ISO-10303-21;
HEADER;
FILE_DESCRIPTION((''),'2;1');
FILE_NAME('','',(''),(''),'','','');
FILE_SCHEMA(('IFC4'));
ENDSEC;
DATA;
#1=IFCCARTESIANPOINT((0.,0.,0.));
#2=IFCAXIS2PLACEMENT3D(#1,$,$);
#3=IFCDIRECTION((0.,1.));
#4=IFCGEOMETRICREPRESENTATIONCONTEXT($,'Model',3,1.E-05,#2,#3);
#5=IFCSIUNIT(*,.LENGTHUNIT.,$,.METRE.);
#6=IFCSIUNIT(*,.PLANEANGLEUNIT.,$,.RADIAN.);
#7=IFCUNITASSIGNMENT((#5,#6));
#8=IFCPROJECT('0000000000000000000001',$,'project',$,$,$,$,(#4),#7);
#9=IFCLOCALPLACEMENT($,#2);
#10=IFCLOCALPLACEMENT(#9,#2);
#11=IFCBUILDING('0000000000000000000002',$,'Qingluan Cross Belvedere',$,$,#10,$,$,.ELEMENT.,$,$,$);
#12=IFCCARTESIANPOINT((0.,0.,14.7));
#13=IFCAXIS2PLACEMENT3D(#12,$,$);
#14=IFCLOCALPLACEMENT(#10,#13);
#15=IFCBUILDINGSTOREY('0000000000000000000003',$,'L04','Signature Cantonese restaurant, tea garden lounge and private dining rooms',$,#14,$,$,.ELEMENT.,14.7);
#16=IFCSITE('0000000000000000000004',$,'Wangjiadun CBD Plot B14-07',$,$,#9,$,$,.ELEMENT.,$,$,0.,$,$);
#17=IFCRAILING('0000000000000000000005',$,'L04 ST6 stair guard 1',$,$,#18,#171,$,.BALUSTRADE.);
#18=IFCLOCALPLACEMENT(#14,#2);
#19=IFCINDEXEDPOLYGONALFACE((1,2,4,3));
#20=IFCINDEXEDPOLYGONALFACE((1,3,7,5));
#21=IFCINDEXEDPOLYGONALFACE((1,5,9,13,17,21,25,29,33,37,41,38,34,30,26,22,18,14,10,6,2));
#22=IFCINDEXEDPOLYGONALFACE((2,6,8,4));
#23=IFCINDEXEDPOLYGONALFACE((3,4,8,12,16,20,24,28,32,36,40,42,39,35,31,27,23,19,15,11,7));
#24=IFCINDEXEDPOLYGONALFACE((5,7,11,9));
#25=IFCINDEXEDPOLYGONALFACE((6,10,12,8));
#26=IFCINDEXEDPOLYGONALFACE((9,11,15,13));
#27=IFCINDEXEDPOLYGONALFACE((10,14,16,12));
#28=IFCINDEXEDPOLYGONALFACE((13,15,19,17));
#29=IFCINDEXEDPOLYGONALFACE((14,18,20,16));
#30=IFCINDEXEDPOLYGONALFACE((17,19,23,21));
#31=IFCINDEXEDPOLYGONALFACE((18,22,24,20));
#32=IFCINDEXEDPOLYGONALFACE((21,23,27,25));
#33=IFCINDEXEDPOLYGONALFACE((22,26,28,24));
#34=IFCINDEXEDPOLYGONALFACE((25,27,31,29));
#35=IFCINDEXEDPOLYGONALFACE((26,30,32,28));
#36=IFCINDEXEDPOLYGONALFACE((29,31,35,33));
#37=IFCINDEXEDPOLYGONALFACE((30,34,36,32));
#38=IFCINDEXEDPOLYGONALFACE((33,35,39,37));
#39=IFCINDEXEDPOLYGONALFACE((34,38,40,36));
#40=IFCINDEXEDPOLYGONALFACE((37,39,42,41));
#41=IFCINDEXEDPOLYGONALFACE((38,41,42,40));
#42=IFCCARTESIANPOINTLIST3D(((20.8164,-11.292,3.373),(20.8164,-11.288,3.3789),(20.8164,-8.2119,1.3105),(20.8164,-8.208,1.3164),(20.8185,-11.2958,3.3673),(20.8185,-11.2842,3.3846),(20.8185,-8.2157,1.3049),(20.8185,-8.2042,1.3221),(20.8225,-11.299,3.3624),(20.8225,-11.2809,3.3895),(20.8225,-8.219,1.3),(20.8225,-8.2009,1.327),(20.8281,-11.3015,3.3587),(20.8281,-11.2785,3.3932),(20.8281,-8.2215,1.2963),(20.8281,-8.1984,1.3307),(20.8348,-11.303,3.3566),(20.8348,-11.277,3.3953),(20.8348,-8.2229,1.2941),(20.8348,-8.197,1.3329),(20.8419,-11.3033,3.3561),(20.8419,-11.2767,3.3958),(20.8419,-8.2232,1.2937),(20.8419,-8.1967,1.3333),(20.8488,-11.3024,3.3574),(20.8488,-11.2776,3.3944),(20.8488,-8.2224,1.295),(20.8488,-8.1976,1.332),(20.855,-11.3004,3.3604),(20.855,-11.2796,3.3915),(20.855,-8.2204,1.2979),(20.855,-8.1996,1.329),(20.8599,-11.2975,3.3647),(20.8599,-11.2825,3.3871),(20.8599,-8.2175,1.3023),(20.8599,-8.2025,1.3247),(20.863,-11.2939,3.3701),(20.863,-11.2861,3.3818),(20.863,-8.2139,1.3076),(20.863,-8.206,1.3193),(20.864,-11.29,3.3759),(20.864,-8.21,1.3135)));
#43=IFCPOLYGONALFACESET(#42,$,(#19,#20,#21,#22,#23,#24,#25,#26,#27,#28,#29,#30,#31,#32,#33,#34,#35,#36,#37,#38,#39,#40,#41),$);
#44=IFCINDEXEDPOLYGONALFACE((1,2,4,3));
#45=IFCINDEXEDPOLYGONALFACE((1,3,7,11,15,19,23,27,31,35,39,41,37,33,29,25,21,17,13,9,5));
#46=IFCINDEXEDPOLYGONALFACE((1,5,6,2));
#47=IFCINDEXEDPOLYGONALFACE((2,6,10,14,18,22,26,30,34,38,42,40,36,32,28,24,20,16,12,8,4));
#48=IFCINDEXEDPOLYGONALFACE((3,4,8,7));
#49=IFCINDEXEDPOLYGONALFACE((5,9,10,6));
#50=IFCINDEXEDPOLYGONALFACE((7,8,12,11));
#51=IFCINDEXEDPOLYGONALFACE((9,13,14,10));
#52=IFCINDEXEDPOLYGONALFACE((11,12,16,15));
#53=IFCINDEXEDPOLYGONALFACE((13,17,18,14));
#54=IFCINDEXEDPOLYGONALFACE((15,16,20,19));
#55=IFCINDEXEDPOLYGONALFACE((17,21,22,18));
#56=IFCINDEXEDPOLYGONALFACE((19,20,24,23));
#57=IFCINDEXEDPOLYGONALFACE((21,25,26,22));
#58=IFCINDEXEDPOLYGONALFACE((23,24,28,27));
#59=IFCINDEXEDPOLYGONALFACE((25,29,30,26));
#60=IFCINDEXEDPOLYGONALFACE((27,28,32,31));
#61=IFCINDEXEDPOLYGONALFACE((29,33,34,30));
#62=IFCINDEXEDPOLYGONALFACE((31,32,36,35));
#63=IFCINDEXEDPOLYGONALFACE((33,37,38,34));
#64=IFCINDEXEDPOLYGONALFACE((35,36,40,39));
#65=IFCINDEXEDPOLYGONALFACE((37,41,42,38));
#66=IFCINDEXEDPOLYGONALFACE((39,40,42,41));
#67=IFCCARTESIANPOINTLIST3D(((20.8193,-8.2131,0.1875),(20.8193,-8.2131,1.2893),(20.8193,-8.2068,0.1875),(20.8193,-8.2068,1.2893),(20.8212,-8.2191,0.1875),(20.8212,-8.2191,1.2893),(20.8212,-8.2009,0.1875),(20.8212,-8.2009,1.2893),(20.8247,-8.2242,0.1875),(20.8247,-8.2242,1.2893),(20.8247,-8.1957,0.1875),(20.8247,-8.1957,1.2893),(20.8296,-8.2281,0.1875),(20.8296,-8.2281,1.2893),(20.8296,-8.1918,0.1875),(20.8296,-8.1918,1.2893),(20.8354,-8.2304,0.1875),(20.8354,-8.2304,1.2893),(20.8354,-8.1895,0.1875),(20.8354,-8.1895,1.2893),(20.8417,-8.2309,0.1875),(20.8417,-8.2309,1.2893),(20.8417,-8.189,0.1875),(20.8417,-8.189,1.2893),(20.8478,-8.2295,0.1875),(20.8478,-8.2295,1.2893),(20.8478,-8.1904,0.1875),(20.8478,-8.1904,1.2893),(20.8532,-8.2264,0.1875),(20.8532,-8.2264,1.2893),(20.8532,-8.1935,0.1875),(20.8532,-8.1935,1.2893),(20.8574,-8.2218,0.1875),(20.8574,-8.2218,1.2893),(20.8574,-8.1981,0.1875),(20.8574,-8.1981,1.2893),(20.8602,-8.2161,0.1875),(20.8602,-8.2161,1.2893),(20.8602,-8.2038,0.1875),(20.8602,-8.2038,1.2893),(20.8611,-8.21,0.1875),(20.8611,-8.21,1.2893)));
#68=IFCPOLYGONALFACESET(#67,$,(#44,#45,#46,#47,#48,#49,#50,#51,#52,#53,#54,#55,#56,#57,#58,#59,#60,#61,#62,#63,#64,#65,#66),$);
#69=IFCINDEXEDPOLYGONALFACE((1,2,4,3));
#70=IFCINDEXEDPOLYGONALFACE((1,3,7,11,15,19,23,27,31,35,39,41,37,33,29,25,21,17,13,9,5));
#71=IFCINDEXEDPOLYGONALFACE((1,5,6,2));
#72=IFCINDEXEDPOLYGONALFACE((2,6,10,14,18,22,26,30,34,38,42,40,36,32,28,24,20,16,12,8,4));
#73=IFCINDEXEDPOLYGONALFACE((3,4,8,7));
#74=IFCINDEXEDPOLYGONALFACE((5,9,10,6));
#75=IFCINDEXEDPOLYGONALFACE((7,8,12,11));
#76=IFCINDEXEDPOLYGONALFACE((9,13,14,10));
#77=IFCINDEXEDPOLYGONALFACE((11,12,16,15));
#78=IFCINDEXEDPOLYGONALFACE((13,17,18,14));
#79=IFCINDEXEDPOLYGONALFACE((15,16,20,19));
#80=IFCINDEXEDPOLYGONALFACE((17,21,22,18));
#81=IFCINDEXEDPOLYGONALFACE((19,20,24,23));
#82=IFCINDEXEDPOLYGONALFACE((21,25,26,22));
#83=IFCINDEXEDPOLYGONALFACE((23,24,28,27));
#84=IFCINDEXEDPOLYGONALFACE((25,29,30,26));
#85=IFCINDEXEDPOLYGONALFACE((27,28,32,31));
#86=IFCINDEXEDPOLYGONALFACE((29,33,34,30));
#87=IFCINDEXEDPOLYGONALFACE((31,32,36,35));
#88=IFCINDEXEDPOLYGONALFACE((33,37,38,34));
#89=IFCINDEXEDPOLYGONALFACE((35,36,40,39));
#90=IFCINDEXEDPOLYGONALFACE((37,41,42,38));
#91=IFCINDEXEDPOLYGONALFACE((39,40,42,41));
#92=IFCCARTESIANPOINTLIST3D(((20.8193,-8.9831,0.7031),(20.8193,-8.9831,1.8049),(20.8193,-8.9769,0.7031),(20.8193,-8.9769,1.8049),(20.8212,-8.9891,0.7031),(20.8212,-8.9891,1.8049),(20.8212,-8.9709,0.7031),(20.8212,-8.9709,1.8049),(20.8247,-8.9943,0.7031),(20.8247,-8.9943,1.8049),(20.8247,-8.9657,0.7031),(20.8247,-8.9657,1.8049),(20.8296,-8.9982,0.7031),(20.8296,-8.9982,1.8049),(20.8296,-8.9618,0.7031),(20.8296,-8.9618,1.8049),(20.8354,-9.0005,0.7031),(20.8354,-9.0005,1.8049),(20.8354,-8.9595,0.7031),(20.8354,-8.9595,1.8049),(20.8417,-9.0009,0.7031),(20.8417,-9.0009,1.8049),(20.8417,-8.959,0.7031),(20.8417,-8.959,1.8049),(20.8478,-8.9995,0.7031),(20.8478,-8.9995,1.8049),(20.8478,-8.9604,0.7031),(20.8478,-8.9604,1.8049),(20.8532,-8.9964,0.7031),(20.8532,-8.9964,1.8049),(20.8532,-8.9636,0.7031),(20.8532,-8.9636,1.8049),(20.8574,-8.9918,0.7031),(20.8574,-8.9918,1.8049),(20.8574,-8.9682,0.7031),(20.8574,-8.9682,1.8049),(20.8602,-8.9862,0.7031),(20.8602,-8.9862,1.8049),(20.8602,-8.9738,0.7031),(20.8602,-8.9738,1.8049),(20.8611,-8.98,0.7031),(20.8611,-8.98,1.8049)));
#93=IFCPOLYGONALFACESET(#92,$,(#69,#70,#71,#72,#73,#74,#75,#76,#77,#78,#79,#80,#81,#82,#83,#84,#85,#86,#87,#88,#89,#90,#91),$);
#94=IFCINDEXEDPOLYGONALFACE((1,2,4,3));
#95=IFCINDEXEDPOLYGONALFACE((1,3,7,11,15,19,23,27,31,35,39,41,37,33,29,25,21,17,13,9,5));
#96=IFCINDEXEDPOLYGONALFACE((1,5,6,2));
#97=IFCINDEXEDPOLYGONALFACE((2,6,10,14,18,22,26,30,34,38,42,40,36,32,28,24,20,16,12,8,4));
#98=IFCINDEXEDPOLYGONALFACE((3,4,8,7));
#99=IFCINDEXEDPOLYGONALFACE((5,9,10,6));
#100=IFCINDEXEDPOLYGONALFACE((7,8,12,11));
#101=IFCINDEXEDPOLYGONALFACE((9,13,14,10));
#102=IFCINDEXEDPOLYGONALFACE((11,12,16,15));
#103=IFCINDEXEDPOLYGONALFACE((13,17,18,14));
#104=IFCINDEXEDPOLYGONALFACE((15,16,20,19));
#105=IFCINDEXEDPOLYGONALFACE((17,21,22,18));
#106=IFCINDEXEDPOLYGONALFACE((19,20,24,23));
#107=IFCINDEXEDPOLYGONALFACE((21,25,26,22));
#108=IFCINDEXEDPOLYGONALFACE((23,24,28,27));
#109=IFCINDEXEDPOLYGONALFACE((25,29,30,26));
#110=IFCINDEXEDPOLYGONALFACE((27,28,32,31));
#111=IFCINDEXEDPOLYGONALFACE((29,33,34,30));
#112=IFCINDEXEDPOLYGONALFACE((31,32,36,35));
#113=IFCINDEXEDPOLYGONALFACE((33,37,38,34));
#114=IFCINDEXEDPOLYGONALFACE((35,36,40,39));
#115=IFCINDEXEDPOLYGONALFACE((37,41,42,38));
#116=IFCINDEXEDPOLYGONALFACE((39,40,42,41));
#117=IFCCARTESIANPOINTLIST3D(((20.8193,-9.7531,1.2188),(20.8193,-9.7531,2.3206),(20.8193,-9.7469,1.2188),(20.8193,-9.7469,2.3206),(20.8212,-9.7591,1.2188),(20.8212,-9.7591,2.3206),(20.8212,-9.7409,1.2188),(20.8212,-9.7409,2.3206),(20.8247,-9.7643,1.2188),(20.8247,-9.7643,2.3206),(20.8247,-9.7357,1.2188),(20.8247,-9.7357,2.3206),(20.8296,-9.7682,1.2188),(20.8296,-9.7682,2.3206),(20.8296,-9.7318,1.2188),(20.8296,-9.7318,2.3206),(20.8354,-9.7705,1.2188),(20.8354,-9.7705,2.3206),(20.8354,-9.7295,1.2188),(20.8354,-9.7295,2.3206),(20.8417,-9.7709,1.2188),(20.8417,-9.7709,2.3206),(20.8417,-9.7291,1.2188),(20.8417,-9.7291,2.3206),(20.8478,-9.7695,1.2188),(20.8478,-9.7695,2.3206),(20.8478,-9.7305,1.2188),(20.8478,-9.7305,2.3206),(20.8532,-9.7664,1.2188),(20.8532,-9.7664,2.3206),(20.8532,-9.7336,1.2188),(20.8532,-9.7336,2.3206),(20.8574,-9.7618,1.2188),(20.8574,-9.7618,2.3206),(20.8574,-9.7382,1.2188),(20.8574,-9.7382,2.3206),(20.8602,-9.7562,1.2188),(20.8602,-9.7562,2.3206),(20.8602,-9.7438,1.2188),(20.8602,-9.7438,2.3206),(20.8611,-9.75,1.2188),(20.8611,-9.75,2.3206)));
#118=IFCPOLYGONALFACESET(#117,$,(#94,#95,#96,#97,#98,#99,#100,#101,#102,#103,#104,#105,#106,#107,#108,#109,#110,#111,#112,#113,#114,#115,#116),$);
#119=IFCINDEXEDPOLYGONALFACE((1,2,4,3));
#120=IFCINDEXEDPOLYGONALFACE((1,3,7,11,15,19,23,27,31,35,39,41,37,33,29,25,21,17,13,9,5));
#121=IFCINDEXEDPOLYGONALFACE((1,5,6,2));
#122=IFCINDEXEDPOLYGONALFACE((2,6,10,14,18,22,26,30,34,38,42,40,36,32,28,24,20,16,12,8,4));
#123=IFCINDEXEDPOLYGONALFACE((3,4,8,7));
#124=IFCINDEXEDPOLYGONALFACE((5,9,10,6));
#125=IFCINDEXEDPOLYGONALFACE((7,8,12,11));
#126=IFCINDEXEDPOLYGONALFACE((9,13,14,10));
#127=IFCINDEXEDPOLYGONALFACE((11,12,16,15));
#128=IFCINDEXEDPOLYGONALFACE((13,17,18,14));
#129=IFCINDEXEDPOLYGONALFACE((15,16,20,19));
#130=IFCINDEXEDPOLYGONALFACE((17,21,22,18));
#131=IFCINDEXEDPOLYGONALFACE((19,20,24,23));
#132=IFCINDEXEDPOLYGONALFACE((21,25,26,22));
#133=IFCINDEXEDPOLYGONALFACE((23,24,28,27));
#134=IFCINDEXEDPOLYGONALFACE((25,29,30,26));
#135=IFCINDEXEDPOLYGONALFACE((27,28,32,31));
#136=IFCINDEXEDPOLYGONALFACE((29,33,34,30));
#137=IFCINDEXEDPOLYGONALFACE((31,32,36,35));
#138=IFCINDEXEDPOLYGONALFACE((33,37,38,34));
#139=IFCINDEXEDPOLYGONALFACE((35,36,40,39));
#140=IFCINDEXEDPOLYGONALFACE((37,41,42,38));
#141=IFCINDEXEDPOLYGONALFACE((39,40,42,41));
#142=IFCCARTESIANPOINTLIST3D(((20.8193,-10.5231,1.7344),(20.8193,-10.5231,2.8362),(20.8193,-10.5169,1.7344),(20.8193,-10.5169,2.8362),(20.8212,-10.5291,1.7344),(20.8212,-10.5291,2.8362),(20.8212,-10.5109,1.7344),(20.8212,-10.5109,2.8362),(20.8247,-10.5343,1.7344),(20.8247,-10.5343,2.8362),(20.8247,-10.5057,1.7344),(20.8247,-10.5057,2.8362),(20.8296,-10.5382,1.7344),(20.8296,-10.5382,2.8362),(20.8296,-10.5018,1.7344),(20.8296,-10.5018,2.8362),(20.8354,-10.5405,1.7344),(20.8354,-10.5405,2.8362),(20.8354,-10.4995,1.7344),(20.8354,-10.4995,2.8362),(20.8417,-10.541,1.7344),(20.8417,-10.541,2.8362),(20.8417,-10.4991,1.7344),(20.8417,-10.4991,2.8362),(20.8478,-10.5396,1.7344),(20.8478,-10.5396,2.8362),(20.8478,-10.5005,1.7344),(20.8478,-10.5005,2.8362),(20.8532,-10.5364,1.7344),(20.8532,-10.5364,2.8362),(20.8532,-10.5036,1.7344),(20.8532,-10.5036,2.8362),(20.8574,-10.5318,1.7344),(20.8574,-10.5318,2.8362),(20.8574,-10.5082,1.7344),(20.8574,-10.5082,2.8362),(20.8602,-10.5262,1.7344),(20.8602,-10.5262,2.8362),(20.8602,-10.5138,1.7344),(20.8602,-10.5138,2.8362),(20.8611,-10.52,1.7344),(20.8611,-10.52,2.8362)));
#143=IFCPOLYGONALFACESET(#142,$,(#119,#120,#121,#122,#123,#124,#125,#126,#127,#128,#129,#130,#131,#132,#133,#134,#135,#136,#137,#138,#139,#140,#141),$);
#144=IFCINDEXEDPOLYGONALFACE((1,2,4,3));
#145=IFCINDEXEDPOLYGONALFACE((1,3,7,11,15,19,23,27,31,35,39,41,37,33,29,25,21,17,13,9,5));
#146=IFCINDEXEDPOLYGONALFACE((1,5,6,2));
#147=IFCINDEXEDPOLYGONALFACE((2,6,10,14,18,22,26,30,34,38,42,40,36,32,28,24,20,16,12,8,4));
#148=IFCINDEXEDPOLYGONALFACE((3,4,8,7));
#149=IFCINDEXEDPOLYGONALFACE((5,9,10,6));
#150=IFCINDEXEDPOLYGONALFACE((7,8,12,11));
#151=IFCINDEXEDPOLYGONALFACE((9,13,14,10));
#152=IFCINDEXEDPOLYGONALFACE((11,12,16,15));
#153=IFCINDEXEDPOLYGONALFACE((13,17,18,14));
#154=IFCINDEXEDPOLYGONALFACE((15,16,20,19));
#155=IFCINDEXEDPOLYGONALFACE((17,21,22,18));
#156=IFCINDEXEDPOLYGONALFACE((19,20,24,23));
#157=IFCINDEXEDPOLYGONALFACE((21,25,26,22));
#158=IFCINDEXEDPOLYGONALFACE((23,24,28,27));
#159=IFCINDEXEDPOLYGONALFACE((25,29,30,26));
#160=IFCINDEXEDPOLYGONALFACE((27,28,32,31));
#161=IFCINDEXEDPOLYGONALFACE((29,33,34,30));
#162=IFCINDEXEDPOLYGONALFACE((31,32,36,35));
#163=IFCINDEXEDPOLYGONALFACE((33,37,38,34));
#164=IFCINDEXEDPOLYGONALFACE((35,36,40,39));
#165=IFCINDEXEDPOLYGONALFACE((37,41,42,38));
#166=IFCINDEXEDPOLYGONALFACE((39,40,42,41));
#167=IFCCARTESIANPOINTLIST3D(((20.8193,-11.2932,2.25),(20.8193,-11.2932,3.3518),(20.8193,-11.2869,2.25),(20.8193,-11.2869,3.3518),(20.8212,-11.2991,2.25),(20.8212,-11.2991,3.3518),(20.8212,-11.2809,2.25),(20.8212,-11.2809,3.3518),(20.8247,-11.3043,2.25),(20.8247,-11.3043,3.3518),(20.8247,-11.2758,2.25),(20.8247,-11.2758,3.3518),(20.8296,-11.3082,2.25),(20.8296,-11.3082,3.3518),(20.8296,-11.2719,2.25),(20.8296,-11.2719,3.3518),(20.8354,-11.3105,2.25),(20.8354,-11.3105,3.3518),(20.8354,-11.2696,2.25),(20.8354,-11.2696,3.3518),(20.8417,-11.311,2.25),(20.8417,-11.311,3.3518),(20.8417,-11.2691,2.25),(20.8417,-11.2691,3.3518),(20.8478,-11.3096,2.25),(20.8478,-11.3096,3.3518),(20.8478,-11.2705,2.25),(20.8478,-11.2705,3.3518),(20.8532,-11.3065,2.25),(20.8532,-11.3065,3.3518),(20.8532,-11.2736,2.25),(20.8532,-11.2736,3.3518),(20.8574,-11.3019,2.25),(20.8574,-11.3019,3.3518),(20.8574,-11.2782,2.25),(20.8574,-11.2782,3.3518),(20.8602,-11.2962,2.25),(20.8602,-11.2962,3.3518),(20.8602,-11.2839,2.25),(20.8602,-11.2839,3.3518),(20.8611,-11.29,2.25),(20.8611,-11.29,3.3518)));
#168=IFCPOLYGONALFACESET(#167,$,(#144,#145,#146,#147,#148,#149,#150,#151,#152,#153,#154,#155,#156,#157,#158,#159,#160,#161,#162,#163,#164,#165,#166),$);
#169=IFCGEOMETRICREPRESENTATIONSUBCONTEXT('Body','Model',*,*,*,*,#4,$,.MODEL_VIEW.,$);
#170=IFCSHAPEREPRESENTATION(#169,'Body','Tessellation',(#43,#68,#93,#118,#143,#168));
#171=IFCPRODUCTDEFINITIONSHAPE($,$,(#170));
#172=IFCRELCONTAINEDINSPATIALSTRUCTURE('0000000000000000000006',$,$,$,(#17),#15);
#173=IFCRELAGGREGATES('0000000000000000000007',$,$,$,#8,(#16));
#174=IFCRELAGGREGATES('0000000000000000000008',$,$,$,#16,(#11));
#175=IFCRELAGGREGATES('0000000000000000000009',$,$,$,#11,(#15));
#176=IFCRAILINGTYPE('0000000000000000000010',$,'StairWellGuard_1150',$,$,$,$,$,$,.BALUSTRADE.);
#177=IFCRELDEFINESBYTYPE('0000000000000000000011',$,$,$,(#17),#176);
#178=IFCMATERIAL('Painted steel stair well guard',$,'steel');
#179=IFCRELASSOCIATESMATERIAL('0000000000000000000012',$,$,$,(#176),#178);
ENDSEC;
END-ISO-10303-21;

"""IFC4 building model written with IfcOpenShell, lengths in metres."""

from ifc_helpers import new_model, si_unit, direction, frame, origin, origin_2d, place, context, subcontext, project, spatial, circle, extrude, material, type_object, element, save


model = new_model("IFC4")

# Units and contexts
model_context = context("Model", 3, precision=1e-05, world=origin(), true_north=direction((0.0, 1.0)))
body_context = subcontext(model_context, "Body", "Model", "MODEL_VIEW")
ifc_project = project(units=[si_unit("LENGTHUNIT", "METRE"), si_unit("PLANEANGLEUNIT", "RADIAN")], contexts=[model_context])

# Site, building, storey
site_placement = place(None, origin())
site = spatial("IfcSite", under=ifc_project, at=site_placement, Name="Wangjiadun CBD Plot B14-07", CompositionType="ELEMENT", RefElevation=0.0)
building_placement = place(site_placement, origin())
building = spatial("IfcBuilding", under=site, at=building_placement, Name="Qingluan Cross Belvedere", CompositionType="ELEMENT")
storey_placement = place(building_placement, frame((0.0, 0.0, 14.7)))
storey = spatial("IfcBuildingStorey", under=building, at=storey_placement, Name="L04", Description="Signature Cantonese restaurant, tea garden lounge and private dining rooms", CompositionType="ELEMENT", Elevation=14.7)

# Railing
ifc_material_1 = material(Name="Painted steel stair well guard", Category="steel")
railing_type_1 = type_object("IfcRailingType", Name="StairWellGuard_1150", PredefinedType="BALUSTRADE", material=ifc_material_1)
railing_1_placement = place(storey_placement, frame((20.8401, -8.21, 0.1875)))
element("IfcRailing", 1, at=railing_1_placement, inside=storey, type_object=railing_type_1, Name="L04 ST6 stair guard 1", PredefinedType="BALUSTRADE", context=body_context, shape_type="SweptSolid", body=[
    extrude(circle(Radius=0.0239, at=origin_2d()), frame((0.0, 0.0, 1.126), z_axis=(0.0, -0.830914, 0.556401), x_axis=(1.0, 0.0, 0.0)), (0.0, 0.0, 1.0), 3.7068),
    extrude(circle(Radius=0.021, at=origin_2d()), origin(), (0.0, 0.0, 1.0), 1.1018),
    extrude(circle(Radius=0.021, at=origin_2d()), frame((0.0, -0.77, 0.5156)), (0.0, 0.0, 1.0), 1.1018),
    extrude(circle(Radius=0.021, at=origin_2d()), frame((0.0, -1.54, 1.0312)), (0.0, 0.0, 1.0), 1.1018),
    extrude(circle(Radius=0.021, at=origin_2d()), frame((0.0, -2.3101, 1.5469)), (0.0, 0.0, 1.0), 1.1018),
    extrude(circle(Radius=0.021, at=origin_2d()), frame((0.0, -3.0801, 2.0625)), (0.0, 0.0, 1.0), 1.1018),
])

save(model, "model.ifc")
